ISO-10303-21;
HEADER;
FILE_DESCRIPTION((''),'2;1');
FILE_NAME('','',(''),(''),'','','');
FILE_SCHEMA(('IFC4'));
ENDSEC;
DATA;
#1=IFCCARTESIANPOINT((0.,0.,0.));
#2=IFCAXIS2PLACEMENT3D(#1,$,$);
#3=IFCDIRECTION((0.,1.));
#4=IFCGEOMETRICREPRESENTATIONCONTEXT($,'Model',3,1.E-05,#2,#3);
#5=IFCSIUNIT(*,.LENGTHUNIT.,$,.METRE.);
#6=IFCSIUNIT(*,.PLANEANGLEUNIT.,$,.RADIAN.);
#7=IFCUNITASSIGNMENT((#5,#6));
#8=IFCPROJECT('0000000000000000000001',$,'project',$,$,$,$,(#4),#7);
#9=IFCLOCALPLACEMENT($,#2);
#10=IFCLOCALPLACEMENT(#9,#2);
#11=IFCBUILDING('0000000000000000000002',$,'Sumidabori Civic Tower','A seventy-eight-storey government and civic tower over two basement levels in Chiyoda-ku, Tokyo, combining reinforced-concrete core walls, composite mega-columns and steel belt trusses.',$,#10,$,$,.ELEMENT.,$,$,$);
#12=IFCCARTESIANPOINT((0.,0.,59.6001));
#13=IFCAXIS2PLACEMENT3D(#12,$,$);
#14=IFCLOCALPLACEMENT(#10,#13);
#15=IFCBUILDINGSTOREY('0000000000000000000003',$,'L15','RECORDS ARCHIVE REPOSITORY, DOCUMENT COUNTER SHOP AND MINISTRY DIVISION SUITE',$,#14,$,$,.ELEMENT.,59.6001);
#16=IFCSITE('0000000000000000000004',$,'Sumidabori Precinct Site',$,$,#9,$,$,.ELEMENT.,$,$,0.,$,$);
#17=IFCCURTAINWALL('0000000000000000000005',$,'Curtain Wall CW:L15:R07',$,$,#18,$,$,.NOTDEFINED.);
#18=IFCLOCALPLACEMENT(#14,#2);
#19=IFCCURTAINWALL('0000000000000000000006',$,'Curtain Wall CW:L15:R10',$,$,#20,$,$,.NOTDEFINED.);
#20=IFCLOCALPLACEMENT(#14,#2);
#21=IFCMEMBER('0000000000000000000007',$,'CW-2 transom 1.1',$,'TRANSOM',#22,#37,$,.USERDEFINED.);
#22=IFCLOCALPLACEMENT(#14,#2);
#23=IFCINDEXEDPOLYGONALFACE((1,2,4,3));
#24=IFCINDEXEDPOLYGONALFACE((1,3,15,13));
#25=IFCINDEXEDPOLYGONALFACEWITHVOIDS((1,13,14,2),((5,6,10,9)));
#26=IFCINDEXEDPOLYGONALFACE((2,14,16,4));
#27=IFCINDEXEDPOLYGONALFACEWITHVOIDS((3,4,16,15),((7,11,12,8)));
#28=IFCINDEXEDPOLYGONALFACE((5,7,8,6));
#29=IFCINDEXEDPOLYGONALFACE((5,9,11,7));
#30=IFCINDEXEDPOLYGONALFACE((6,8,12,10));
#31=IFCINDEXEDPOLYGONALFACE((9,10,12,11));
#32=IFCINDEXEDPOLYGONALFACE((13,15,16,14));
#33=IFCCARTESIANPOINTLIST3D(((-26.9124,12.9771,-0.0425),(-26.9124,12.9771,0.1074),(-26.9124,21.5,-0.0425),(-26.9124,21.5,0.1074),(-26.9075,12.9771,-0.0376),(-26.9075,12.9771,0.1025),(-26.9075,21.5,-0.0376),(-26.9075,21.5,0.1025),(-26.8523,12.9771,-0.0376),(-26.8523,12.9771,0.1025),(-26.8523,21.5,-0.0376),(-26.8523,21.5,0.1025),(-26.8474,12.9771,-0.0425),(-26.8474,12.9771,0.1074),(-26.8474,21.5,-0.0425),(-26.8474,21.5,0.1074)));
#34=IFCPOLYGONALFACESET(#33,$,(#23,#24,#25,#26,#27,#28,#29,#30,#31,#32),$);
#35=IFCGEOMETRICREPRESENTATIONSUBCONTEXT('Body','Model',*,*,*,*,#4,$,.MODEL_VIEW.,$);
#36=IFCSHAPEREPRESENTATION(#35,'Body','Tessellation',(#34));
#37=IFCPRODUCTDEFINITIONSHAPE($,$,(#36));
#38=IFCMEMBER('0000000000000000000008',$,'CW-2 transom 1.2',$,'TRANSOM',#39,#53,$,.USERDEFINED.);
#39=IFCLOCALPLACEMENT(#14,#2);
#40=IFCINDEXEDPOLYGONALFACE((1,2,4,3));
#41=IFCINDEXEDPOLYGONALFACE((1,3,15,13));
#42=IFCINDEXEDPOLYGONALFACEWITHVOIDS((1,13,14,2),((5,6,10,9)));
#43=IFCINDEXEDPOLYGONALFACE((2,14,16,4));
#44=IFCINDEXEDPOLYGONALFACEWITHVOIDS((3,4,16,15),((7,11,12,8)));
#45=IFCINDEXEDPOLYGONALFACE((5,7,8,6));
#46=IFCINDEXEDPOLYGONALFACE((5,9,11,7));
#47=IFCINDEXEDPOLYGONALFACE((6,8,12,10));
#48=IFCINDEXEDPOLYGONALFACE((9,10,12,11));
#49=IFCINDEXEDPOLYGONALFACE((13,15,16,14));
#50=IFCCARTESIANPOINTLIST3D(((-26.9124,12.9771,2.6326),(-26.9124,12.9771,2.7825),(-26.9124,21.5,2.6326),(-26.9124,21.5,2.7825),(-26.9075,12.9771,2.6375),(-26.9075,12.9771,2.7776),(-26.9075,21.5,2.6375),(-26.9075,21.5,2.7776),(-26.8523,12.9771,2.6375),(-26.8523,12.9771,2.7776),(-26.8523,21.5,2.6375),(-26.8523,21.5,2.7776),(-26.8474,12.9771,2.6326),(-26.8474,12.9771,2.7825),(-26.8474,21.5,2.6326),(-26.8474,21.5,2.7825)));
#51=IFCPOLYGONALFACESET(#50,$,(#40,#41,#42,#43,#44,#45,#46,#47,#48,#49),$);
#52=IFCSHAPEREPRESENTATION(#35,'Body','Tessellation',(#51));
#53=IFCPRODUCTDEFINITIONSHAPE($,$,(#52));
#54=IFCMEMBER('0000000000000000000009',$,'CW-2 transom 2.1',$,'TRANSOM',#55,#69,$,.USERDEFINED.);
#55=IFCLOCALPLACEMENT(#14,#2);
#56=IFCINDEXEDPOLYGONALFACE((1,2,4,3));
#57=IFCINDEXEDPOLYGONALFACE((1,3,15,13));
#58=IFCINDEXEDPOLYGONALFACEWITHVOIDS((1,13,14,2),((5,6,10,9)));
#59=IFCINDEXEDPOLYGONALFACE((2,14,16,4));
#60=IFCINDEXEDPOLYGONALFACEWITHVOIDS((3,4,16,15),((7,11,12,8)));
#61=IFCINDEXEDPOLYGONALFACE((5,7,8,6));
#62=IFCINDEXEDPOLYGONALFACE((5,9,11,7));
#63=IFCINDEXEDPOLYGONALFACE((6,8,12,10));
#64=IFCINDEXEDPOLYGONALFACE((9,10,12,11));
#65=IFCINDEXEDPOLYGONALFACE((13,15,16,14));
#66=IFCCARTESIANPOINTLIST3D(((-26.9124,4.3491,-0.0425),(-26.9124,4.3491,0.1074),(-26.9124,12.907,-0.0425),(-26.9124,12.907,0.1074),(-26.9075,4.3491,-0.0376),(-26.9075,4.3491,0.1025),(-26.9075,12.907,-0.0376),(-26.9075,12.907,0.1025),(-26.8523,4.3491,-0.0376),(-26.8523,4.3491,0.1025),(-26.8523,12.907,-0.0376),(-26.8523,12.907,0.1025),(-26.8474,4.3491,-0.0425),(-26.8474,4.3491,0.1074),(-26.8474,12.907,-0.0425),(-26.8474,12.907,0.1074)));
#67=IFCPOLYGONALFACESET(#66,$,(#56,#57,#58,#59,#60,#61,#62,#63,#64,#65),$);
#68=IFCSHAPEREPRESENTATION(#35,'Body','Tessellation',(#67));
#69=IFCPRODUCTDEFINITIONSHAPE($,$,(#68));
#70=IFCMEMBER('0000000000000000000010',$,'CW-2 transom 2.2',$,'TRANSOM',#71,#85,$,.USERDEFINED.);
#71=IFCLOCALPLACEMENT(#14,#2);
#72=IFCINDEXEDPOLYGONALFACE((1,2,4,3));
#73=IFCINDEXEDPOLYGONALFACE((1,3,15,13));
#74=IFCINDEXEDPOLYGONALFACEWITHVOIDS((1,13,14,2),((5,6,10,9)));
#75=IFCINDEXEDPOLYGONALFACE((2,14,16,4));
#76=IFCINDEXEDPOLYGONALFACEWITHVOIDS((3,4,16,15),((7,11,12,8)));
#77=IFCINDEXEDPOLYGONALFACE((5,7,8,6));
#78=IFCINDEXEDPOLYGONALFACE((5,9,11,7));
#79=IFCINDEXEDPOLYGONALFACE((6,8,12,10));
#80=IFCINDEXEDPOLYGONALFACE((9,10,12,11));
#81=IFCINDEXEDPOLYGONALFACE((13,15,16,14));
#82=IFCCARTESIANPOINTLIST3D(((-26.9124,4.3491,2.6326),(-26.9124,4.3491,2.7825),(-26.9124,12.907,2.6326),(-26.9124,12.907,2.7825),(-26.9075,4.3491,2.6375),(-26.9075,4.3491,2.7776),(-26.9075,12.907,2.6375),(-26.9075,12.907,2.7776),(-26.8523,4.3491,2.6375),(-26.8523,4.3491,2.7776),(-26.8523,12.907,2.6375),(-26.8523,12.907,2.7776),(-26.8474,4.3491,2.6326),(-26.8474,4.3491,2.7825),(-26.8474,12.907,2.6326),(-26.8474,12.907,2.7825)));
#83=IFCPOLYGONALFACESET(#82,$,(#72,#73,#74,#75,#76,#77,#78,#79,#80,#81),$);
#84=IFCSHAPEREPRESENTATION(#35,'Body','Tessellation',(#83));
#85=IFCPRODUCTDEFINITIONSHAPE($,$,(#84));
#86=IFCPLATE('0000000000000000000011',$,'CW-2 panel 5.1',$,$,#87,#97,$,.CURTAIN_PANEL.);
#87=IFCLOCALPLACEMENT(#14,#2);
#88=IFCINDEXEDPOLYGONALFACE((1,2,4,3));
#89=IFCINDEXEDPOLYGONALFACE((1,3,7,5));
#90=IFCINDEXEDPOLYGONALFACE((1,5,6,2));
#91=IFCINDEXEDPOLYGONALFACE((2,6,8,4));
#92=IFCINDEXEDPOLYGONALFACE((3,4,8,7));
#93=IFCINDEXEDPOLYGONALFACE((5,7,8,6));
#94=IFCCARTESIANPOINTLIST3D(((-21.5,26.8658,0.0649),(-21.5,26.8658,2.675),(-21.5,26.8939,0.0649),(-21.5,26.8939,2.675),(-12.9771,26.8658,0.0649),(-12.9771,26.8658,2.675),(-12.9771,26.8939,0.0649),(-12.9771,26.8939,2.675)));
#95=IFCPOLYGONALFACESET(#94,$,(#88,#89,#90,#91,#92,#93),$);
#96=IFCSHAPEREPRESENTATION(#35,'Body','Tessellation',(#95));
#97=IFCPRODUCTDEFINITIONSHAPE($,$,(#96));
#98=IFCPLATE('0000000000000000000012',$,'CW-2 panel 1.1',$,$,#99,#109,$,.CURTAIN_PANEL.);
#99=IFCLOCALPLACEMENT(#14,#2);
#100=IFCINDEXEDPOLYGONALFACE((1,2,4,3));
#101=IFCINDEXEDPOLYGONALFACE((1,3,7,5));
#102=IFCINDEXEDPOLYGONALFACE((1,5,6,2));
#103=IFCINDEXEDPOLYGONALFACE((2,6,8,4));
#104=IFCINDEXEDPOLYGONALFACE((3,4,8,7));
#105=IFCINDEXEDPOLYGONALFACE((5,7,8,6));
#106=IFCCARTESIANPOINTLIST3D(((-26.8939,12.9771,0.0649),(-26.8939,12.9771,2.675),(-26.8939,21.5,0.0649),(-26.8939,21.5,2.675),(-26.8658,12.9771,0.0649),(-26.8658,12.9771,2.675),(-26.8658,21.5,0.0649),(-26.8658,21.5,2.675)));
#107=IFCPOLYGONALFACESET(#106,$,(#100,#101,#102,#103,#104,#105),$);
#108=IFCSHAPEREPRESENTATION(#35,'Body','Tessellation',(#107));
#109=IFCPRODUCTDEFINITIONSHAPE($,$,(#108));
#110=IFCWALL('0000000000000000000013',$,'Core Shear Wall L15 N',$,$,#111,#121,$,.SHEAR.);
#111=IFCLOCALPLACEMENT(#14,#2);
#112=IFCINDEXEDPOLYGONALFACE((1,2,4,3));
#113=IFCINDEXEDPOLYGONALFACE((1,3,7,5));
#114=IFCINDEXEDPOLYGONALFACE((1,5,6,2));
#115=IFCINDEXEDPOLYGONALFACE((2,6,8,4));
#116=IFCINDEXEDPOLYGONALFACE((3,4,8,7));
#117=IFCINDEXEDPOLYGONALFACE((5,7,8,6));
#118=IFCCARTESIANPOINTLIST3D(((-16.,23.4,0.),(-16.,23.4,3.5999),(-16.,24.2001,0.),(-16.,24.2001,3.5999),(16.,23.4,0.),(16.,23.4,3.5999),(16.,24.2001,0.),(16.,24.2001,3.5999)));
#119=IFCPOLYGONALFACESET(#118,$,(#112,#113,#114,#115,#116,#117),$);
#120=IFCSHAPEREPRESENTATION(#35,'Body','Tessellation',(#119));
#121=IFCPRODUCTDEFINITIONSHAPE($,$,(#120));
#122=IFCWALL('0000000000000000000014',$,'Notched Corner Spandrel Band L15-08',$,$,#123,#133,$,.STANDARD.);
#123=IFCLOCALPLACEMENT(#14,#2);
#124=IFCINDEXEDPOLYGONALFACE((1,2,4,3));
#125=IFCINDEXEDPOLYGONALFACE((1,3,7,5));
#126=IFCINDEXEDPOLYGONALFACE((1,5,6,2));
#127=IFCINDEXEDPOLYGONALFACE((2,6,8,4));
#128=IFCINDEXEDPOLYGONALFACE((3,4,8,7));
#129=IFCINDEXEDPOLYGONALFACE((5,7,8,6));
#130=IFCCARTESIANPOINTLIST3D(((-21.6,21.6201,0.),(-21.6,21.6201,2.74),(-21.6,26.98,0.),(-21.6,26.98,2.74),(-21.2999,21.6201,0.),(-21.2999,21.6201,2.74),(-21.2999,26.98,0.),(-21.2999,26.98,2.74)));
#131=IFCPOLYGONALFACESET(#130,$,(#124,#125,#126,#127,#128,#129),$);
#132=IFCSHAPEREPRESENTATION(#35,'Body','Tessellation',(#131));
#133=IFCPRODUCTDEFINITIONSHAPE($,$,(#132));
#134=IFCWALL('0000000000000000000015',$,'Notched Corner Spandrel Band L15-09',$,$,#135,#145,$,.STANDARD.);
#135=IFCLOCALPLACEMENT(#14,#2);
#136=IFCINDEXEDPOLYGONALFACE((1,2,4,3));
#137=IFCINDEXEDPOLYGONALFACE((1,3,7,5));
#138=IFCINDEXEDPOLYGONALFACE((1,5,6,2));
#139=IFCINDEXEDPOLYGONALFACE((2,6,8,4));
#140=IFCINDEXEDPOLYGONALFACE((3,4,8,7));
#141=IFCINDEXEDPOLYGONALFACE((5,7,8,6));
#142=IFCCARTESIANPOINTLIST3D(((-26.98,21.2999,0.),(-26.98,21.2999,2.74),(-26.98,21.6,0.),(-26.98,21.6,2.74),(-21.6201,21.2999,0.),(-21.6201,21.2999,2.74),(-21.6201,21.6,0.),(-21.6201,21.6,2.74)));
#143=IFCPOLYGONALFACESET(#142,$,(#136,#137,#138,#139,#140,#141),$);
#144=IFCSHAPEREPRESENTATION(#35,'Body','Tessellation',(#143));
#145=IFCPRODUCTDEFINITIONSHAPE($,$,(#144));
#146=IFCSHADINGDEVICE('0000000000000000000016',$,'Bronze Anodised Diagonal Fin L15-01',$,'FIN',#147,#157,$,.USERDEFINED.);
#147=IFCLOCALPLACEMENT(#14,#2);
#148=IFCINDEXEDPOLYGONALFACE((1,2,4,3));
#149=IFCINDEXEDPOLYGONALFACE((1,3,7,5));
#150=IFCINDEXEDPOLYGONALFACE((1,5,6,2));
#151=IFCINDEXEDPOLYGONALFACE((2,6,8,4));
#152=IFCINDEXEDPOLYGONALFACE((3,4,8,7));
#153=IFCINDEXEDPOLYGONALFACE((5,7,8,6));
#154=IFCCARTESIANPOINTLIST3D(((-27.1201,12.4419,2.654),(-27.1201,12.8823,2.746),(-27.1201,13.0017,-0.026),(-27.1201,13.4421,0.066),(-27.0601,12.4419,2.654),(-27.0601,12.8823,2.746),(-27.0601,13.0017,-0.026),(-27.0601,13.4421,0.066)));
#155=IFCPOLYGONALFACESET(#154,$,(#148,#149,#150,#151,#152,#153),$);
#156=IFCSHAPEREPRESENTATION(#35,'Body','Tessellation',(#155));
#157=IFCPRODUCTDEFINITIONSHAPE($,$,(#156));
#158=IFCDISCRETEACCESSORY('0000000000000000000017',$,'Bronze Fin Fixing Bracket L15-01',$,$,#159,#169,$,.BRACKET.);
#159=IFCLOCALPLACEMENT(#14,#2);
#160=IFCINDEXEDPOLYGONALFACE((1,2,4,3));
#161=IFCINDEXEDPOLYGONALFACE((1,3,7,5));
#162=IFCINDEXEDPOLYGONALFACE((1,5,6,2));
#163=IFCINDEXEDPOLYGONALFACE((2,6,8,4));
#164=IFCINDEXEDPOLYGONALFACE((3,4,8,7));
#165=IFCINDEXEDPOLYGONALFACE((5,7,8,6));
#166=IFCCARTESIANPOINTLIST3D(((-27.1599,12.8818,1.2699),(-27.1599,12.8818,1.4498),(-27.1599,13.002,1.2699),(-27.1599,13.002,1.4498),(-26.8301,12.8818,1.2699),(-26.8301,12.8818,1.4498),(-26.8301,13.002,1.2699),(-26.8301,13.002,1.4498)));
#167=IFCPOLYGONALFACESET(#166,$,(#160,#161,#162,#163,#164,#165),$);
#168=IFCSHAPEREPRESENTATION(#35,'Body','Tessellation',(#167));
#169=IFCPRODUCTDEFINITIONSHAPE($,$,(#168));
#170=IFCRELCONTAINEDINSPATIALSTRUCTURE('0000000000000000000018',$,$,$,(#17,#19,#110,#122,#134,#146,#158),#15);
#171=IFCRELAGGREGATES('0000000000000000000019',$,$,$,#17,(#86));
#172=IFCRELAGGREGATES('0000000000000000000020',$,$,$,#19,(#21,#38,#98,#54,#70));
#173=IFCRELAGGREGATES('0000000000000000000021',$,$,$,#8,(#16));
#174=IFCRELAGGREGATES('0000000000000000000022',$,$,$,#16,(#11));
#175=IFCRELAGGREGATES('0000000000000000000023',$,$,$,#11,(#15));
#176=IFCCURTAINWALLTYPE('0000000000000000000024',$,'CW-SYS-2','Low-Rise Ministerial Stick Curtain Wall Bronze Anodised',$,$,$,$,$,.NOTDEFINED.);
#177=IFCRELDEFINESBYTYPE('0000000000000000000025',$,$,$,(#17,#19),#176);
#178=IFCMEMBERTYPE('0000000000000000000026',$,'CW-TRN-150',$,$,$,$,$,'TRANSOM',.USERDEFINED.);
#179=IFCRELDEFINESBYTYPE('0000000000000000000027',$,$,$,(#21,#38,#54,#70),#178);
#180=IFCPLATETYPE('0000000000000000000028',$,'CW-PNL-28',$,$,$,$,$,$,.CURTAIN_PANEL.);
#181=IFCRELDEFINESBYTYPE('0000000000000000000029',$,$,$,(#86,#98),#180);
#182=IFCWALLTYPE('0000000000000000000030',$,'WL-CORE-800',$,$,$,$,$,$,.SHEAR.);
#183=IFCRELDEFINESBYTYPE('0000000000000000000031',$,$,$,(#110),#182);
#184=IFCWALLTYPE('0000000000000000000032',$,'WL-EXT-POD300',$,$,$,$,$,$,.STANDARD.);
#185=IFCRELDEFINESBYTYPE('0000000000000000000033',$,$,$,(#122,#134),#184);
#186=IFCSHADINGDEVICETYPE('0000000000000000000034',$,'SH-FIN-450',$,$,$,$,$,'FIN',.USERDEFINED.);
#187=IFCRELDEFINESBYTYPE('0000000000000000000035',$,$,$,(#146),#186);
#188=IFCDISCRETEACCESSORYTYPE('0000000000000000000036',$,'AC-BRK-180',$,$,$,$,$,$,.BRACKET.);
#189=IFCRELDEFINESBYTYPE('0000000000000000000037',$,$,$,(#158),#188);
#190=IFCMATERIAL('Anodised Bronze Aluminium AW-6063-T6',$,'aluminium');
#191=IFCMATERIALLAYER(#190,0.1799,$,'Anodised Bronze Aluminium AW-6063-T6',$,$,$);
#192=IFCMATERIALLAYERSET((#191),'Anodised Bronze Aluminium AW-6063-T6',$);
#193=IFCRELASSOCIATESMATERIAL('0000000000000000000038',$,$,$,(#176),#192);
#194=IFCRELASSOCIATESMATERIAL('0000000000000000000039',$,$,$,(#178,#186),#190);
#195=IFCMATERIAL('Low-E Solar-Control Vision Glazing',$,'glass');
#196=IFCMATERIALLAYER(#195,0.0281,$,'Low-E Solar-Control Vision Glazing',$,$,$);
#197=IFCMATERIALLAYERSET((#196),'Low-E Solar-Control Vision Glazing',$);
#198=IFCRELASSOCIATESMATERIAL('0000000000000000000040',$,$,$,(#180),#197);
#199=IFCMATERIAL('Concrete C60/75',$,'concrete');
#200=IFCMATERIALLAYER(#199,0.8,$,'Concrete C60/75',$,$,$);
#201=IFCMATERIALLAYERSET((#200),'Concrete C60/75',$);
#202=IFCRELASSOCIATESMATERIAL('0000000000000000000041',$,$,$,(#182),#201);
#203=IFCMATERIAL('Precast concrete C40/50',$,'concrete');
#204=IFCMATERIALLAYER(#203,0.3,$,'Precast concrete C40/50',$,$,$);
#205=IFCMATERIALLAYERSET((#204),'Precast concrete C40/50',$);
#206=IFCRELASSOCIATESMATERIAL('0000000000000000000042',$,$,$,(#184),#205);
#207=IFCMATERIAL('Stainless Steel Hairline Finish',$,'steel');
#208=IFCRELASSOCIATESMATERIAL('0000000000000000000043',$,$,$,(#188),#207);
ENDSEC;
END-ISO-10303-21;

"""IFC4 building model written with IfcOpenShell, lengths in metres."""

from ifc_helpers import new_model, si_unit, direction, frame, frame_2d, origin, origin_2d, place, context, subcontext, project, spatial, rectangle, hollow_rectangle, extrude, source, transform, mapped, material, layer, layer_set, material_profile, profile_set, type_object, element, aggregate, save


model = new_model("IFC4")

# Units and contexts
model_context = context("Model", 3, precision=1e-05, world=origin(), true_north=direction((0.0, 1.0)))
body_context = subcontext(model_context, "Body", "Model", "MODEL_VIEW")
ifc_project = project(units=[si_unit("LENGTHUNIT", "METRE"), si_unit("PLANEANGLEUNIT", "RADIAN")], contexts=[model_context])

# Site, building, storey
site_placement = place(None, origin())
site = spatial("IfcSite", under=ifc_project, at=site_placement, Name="Sumidabori Precinct Site", CompositionType="ELEMENT", RefElevation=0.0)
building_placement = place(site_placement, origin())
building = spatial("IfcBuilding", under=site, at=building_placement, Name="Sumidabori Civic Tower", Description="A seventy-eight-storey government and civic tower over two basement levels in Chiyoda-ku, Tokyo, combining reinforced-concrete core walls, composite mega-columns and steel belt trusses.", CompositionType="ELEMENT")
storey_placement = place(building_placement, frame((0.0, 0.0, 59.6001)))
storey = spatial("IfcBuildingStorey", under=building, at=storey_placement, Name="L15", Description="RECORDS ARCHIVE REPOSITORY, DOCUMENT COUNTER SHOP AND MINISTRY DIVISION SUITE", CompositionType="ELEMENT", Elevation=59.6001)

# Shared definitions
ifc_material_1 = material(Name="Concrete C60/75", Category="concrete")

# Curtain wall
ifc_material_2 = material(Name="Anodised Bronze Aluminium AW-6063-T6", Category="aluminium")
ifc_layer_1 = layer(ifc_material_2, 0.1799, Name="Anodised Bronze Aluminium AW-6063-T6")
ifc_layer_set_1 = layer_set([ifc_layer_1], Name="Anodised Bronze Aluminium AW-6063-T6")
curtain_wall_type = type_object("IfcCurtainWallType", Name="CW-SYS-2", Description="Low-Rise Ministerial Stick Curtain Wall Bronze Anodised", PredefinedType="NOTDEFINED", material=ifc_layer_set_1)
curtain_wall_1_placement = place(storey_placement, origin())
curtain_wall_1 = element("IfcCurtainWall", 1, at=curtain_wall_1_placement, inside=storey, type_object=curtain_wall_type, Name="Curtain Wall CW:L15:R07", PredefinedType="NOTDEFINED")

# Curtain wall, members
curtain_wall_2_placement = place(storey_placement, origin())
curtain_wall_2 = element("IfcCurtainWall", 2, at=curtain_wall_2_placement, inside=storey, type_object=curtain_wall_type, Name="Curtain Wall CW:L15:R10", PredefinedType="NOTDEFINED")
ifc_material_profile_1 = material_profile(ifc_material_2, hollow_rectangle(XDim=0.0649, YDim=0.1499, WallThickness=0.0049, at=origin_2d()), Name="ALU TRANSOM 150x65")
ifc_profile_set_1 = profile_set([ifc_material_profile_1], Name="Anodised Bronze Aluminium AW-6063-T6")
member_type_1 = type_object("IfcMemberType", Name="CW-TRN-150", ElementType="TRANSOM", PredefinedType="USERDEFINED", material=ifc_profile_set_1)
shared_shape_1 = source(origin(), body_context, "Body", "SweptSolid", [
    extrude(hollow_rectangle(XDim=0.0649, YDim=0.1499, WallThickness=0.0049, at=origin_2d()), origin(), (0.0, 0.0, 1.0), 8.5229),
])
member_1_placement = place(storey_placement, frame((-26.8799, 21.5, 0.0325), z_axis=(0.0, -1.0, 0.0), x_axis=(1.0, 0.0, 0.0)))
member_1 = element("IfcMember", 3, at=member_1_placement, type_object=member_type_1, Name="CW-2 transom 1.1", ObjectType="TRANSOM", PredefinedType="USERDEFINED", context=body_context, shape_type="MappedRepresentation", body=[
    mapped(shared_shape_1, transform((0.0, 0.0, 0.0), x_axis=(1.0, 0.0, 0.0), y_axis=(0.0, 1.0, 0.0), z_axis=(0.0, 0.0, 1.0), scale=1.0)),
])
member_2_placement = place(storey_placement, frame((-26.8799, 21.5, 2.7075), z_axis=(0.0, -1.0, 0.0), x_axis=(1.0, 0.0, 0.0)))
member_2 = element("IfcMember", 4, at=member_2_placement, type_object=member_type_1, Name="CW-2 transom 1.2", ObjectType="TRANSOM", PredefinedType="USERDEFINED", context=body_context, shape_type="MappedRepresentation", body=[
    mapped(shared_shape_1, transform((0.0, 0.0, 0.0), x_axis=(1.0, 0.0, 0.0), y_axis=(0.0, 1.0, 0.0), z_axis=(0.0, 0.0, 1.0), scale=1.0)),
])
shared_shape_2 = source(origin(), body_context, "Body", "SweptSolid", [
    extrude(hollow_rectangle(XDim=0.0649, YDim=0.1499, WallThickness=0.0049, at=origin_2d()), origin(), (0.0, 0.0, 1.0), 8.5579),
])
member_3_placement = place(storey_placement, frame((-26.8799, 12.907, 0.0325), z_axis=(0.0, -1.0, 0.0), x_axis=(1.0, 0.0, 0.0)))
member_3 = element("IfcMember", 5, at=member_3_placement, type_object=member_type_1, Name="CW-2 transom 2.1", ObjectType="TRANSOM", PredefinedType="USERDEFINED", context=body_context, shape_type="MappedRepresentation", body=[
    mapped(shared_shape_2, transform((0.0, 0.0, 0.0), x_axis=(1.0, 0.0, 0.0), y_axis=(0.0, 1.0, 0.0), z_axis=(0.0, 0.0, 1.0), scale=1.0)),
])
member_4_placement = place(storey_placement, frame((-26.8799, 12.907, 2.7075), z_axis=(0.0, -1.0, 0.0), x_axis=(1.0, 0.0, 0.0)))
member_4 = element("IfcMember", 6, at=member_4_placement, type_object=member_type_1, Name="CW-2 transom 2.2", ObjectType="TRANSOM", PredefinedType="USERDEFINED", context=body_context, shape_type="MappedRepresentation", body=[
    mapped(shared_shape_2, transform((0.0, 0.0, 0.0), x_axis=(1.0, 0.0, 0.0), y_axis=(0.0, 1.0, 0.0), z_axis=(0.0, 0.0, 1.0), scale=1.0)),
])

# Plates
ifc_material_3 = material(Name="Low-E Solar-Control Vision Glazing", Category="glass")
ifc_layer_2 = layer(ifc_material_3, 0.0281, Name="Low-E Solar-Control Vision Glazing")
ifc_layer_set_2 = layer_set([ifc_layer_2], Name="Low-E Solar-Control Vision Glazing")
plate_type = type_object("IfcPlateType", Name="CW-PNL-28", PredefinedType="CURTAIN_PANEL", material=ifc_layer_set_2)
shared_shape_3 = source(origin(), body_context, "Body", "SweptSolid", [
    extrude(rectangle(XDim=8.5229, YDim=0.0281, at=origin_2d()), origin(), (0.0, 0.0, 1.0), 2.6101),
])
plate_1_placement = place(storey_placement, frame((-17.2385, 26.8799, 0.0649), z_axis=(0.0, 0.0, 1.0), x_axis=(-1.0, 0.0, 0.0)))
plate_1 = element("IfcPlate", 7, at=plate_1_placement, type_object=plate_type, Name="CW-2 panel 5.1", PredefinedType="CURTAIN_PANEL", context=body_context, shape_type="MappedRepresentation", body=[
    mapped(shared_shape_3, transform((0.0, 0.0, 0.0), x_axis=(1.0, 0.0, 0.0), y_axis=(0.0, 1.0, 0.0), z_axis=(0.0, 0.0, 1.0), scale=1.0)),
])
aggregate(curtain_wall_1, [plate_1])
plate_2_placement = place(storey_placement, frame((-26.8799, 17.2385, 0.0649), z_axis=(0.0, 0.0, 1.0), x_axis=(0.0, -1.0, 0.0)))
plate_2 = element("IfcPlate", 8, at=plate_2_placement, type_object=plate_type, Name="CW-2 panel 1.1", PredefinedType="CURTAIN_PANEL", context=body_context, shape_type="MappedRepresentation", body=[
    mapped(shared_shape_3, transform((0.0, 0.0, 0.0), x_axis=(1.0, 0.0, 0.0), y_axis=(0.0, 1.0, 0.0), z_axis=(0.0, 0.0, 1.0), scale=1.0)),
])
aggregate(curtain_wall_2, [member_1, member_2, plate_2, member_3, member_4])

# Walls
ifc_layer_3 = layer(ifc_material_1, 0.8, Name="Concrete C60/75")
ifc_layer_set_3 = layer_set([ifc_layer_3], Name="Concrete C60/75")
wall_type_1 = type_object("IfcWallType", Name="WL-CORE-800", PredefinedType="SHEAR", material=ifc_layer_set_3)
shared_shape_4 = source(origin(), body_context, "Body", "SweptSolid", [
    extrude(rectangle(XDim=32.0, YDim=0.8, at=frame_2d((16.0, 0.0))), origin(), (0.0, 0.0, 1.0), 3.5999),
])
wall_placement = place(storey_placement, frame((-16.0, 23.8, 0.0), z_axis=(0.0, 0.0, 1.0), x_axis=(1.0, 0.0, 0.0)))
element("IfcWall", 9, at=wall_placement, inside=storey, type_object=wall_type_1, Name="Core Shear Wall L15 N", PredefinedType="SHEAR", context=body_context, shape_type="MappedRepresentation", body=[
    mapped(shared_shape_4, transform((0.0, 0.0, 0.0), x_axis=(1.0, 0.0, 0.0), y_axis=(0.0, 1.0, 0.0), z_axis=(0.0, 0.0, 1.0), scale=1.0)),
])
ifc_material_4 = material(Name="Precast concrete C40/50", Category="concrete")
ifc_layer_4 = layer(ifc_material_4, 0.3, Name="Precast concrete C40/50")
ifc_layer_set_4 = layer_set([ifc_layer_4], Name="Precast concrete C40/50")
wall_type_2 = type_object("IfcWallType", Name="WL-EXT-POD300", PredefinedType="STANDARD", material=ifc_layer_set_4)
shared_shape_5 = source(origin(), body_context, "Body", "SweptSolid", [
    extrude(rectangle(XDim=5.3599, YDim=0.3, at=frame_2d((2.6799, 0.0))), origin(), (0.0, 0.0, 1.0), 2.74),
])
for number, where, z_axis, x_axis, name in (
    (10, (-21.45, 26.98, 0.0), (0.0, 0.0, 1.0), (0.0, -1.0, 0.0), "Notched Corner Spandrel Band L15-08"),
    (11, (-21.6201, 21.45, 0.0), (0.0, 0.0, 1.0), (-1.0, 0.0, 0.0), "Notched Corner Spandrel Band L15-09"),
):
    element("IfcWall", number, at=place(storey_placement, frame(where, z_axis=z_axis, x_axis=x_axis)), inside=storey, type_object=wall_type_2, Name=name, PredefinedType="STANDARD", context=body_context, shape_type="MappedRepresentation", body=[
        mapped(shared_shape_5, transform((0.0, 0.0, 0.0), x_axis=(1.0, 0.0, 0.0), y_axis=(0.0, 1.0, 0.0), z_axis=(0.0, 0.0, 1.0), scale=1.0)),
    ])

# Shading device
ifc_material_profile_2 = material_profile(ifc_material_2, rectangle(XDim=0.0601, YDim=0.45, at=origin_2d()), Name="BRONZE FIN 450x60")
ifc_profile_set_2 = profile_set([ifc_material_profile_2], Name="Anodised Bronze Aluminium AW-6063-T6")
shading_device_type = type_object("IfcShadingDeviceType", Name="SH-FIN-450", ElementType="FIN", PredefinedType="USERDEFINED", material=ifc_profile_set_2)
shared_shape_6 = source(origin(), body_context, "Body", "SweptSolid", [
    extrude(rectangle(XDim=0.0601, YDim=0.45, at=origin_2d()), origin(), (0.0, 0.0, 1.0), 2.7378),
])
shading_device_placement = place(storey_placement, frame((-27.0901, 13.2219, 0.02), z_axis=(0.0, -0.204478, 0.978871), x_axis=(-1.0, 0.0, 0.0)))
element("IfcShadingDevice", 12, at=shading_device_placement, inside=storey, type_object=shading_device_type, Name="Bronze Anodised Diagonal Fin L15-01", ObjectType="FIN", PredefinedType="USERDEFINED", context=body_context, shape_type="MappedRepresentation", body=[
    mapped(shared_shape_6, transform((0.0, 0.0, 0.0), x_axis=(1.0, 0.0, 0.0), y_axis=(0.0, 1.0, 0.0), z_axis=(0.0, 0.0, 1.0), scale=1.0)),
])

# Discrete accessory
ifc_material_5 = material(Name="Stainless Steel Hairline Finish", Category="steel")
ifc_material_profile_3 = material_profile(ifc_material_5, rectangle(XDim=0.1201, YDim=0.1799, at=origin_2d()), Name="STEEL BRACKET 180x120")
ifc_profile_set_3 = profile_set([ifc_material_profile_3], Name="Stainless Steel Hairline Finish")
discrete_accessory_type = type_object("IfcDiscreteAccessoryType", Name="AC-BRK-180", PredefinedType="BRACKET", material=ifc_profile_set_3)
shared_shape_7 = source(origin(), body_context, "Body", "SweptSolid", [
    extrude(rectangle(XDim=0.1201, YDim=0.1799, at=origin_2d()), origin(), (0.0, 0.0, 1.0), 0.3298),
])
discrete_accessory_placement = place(storey_placement, frame((-26.8301, 12.9419, 1.3599), z_axis=(-1.0, 0.0, 0.0), x_axis=(0.0, -1.0, 0.0)))
element("IfcDiscreteAccessory", 13, at=discrete_accessory_placement, inside=storey, type_object=discrete_accessory_type, Name="Bronze Fin Fixing Bracket L15-01", PredefinedType="BRACKET", context=body_context, shape_type="MappedRepresentation", body=[
    mapped(shared_shape_7, transform((0.0, 0.0, 0.0), x_axis=(1.0, 0.0, 0.0), y_axis=(0.0, 1.0, 0.0), z_axis=(0.0, 0.0, 1.0), scale=1.0)),
])

save(model, "model.ifc")
